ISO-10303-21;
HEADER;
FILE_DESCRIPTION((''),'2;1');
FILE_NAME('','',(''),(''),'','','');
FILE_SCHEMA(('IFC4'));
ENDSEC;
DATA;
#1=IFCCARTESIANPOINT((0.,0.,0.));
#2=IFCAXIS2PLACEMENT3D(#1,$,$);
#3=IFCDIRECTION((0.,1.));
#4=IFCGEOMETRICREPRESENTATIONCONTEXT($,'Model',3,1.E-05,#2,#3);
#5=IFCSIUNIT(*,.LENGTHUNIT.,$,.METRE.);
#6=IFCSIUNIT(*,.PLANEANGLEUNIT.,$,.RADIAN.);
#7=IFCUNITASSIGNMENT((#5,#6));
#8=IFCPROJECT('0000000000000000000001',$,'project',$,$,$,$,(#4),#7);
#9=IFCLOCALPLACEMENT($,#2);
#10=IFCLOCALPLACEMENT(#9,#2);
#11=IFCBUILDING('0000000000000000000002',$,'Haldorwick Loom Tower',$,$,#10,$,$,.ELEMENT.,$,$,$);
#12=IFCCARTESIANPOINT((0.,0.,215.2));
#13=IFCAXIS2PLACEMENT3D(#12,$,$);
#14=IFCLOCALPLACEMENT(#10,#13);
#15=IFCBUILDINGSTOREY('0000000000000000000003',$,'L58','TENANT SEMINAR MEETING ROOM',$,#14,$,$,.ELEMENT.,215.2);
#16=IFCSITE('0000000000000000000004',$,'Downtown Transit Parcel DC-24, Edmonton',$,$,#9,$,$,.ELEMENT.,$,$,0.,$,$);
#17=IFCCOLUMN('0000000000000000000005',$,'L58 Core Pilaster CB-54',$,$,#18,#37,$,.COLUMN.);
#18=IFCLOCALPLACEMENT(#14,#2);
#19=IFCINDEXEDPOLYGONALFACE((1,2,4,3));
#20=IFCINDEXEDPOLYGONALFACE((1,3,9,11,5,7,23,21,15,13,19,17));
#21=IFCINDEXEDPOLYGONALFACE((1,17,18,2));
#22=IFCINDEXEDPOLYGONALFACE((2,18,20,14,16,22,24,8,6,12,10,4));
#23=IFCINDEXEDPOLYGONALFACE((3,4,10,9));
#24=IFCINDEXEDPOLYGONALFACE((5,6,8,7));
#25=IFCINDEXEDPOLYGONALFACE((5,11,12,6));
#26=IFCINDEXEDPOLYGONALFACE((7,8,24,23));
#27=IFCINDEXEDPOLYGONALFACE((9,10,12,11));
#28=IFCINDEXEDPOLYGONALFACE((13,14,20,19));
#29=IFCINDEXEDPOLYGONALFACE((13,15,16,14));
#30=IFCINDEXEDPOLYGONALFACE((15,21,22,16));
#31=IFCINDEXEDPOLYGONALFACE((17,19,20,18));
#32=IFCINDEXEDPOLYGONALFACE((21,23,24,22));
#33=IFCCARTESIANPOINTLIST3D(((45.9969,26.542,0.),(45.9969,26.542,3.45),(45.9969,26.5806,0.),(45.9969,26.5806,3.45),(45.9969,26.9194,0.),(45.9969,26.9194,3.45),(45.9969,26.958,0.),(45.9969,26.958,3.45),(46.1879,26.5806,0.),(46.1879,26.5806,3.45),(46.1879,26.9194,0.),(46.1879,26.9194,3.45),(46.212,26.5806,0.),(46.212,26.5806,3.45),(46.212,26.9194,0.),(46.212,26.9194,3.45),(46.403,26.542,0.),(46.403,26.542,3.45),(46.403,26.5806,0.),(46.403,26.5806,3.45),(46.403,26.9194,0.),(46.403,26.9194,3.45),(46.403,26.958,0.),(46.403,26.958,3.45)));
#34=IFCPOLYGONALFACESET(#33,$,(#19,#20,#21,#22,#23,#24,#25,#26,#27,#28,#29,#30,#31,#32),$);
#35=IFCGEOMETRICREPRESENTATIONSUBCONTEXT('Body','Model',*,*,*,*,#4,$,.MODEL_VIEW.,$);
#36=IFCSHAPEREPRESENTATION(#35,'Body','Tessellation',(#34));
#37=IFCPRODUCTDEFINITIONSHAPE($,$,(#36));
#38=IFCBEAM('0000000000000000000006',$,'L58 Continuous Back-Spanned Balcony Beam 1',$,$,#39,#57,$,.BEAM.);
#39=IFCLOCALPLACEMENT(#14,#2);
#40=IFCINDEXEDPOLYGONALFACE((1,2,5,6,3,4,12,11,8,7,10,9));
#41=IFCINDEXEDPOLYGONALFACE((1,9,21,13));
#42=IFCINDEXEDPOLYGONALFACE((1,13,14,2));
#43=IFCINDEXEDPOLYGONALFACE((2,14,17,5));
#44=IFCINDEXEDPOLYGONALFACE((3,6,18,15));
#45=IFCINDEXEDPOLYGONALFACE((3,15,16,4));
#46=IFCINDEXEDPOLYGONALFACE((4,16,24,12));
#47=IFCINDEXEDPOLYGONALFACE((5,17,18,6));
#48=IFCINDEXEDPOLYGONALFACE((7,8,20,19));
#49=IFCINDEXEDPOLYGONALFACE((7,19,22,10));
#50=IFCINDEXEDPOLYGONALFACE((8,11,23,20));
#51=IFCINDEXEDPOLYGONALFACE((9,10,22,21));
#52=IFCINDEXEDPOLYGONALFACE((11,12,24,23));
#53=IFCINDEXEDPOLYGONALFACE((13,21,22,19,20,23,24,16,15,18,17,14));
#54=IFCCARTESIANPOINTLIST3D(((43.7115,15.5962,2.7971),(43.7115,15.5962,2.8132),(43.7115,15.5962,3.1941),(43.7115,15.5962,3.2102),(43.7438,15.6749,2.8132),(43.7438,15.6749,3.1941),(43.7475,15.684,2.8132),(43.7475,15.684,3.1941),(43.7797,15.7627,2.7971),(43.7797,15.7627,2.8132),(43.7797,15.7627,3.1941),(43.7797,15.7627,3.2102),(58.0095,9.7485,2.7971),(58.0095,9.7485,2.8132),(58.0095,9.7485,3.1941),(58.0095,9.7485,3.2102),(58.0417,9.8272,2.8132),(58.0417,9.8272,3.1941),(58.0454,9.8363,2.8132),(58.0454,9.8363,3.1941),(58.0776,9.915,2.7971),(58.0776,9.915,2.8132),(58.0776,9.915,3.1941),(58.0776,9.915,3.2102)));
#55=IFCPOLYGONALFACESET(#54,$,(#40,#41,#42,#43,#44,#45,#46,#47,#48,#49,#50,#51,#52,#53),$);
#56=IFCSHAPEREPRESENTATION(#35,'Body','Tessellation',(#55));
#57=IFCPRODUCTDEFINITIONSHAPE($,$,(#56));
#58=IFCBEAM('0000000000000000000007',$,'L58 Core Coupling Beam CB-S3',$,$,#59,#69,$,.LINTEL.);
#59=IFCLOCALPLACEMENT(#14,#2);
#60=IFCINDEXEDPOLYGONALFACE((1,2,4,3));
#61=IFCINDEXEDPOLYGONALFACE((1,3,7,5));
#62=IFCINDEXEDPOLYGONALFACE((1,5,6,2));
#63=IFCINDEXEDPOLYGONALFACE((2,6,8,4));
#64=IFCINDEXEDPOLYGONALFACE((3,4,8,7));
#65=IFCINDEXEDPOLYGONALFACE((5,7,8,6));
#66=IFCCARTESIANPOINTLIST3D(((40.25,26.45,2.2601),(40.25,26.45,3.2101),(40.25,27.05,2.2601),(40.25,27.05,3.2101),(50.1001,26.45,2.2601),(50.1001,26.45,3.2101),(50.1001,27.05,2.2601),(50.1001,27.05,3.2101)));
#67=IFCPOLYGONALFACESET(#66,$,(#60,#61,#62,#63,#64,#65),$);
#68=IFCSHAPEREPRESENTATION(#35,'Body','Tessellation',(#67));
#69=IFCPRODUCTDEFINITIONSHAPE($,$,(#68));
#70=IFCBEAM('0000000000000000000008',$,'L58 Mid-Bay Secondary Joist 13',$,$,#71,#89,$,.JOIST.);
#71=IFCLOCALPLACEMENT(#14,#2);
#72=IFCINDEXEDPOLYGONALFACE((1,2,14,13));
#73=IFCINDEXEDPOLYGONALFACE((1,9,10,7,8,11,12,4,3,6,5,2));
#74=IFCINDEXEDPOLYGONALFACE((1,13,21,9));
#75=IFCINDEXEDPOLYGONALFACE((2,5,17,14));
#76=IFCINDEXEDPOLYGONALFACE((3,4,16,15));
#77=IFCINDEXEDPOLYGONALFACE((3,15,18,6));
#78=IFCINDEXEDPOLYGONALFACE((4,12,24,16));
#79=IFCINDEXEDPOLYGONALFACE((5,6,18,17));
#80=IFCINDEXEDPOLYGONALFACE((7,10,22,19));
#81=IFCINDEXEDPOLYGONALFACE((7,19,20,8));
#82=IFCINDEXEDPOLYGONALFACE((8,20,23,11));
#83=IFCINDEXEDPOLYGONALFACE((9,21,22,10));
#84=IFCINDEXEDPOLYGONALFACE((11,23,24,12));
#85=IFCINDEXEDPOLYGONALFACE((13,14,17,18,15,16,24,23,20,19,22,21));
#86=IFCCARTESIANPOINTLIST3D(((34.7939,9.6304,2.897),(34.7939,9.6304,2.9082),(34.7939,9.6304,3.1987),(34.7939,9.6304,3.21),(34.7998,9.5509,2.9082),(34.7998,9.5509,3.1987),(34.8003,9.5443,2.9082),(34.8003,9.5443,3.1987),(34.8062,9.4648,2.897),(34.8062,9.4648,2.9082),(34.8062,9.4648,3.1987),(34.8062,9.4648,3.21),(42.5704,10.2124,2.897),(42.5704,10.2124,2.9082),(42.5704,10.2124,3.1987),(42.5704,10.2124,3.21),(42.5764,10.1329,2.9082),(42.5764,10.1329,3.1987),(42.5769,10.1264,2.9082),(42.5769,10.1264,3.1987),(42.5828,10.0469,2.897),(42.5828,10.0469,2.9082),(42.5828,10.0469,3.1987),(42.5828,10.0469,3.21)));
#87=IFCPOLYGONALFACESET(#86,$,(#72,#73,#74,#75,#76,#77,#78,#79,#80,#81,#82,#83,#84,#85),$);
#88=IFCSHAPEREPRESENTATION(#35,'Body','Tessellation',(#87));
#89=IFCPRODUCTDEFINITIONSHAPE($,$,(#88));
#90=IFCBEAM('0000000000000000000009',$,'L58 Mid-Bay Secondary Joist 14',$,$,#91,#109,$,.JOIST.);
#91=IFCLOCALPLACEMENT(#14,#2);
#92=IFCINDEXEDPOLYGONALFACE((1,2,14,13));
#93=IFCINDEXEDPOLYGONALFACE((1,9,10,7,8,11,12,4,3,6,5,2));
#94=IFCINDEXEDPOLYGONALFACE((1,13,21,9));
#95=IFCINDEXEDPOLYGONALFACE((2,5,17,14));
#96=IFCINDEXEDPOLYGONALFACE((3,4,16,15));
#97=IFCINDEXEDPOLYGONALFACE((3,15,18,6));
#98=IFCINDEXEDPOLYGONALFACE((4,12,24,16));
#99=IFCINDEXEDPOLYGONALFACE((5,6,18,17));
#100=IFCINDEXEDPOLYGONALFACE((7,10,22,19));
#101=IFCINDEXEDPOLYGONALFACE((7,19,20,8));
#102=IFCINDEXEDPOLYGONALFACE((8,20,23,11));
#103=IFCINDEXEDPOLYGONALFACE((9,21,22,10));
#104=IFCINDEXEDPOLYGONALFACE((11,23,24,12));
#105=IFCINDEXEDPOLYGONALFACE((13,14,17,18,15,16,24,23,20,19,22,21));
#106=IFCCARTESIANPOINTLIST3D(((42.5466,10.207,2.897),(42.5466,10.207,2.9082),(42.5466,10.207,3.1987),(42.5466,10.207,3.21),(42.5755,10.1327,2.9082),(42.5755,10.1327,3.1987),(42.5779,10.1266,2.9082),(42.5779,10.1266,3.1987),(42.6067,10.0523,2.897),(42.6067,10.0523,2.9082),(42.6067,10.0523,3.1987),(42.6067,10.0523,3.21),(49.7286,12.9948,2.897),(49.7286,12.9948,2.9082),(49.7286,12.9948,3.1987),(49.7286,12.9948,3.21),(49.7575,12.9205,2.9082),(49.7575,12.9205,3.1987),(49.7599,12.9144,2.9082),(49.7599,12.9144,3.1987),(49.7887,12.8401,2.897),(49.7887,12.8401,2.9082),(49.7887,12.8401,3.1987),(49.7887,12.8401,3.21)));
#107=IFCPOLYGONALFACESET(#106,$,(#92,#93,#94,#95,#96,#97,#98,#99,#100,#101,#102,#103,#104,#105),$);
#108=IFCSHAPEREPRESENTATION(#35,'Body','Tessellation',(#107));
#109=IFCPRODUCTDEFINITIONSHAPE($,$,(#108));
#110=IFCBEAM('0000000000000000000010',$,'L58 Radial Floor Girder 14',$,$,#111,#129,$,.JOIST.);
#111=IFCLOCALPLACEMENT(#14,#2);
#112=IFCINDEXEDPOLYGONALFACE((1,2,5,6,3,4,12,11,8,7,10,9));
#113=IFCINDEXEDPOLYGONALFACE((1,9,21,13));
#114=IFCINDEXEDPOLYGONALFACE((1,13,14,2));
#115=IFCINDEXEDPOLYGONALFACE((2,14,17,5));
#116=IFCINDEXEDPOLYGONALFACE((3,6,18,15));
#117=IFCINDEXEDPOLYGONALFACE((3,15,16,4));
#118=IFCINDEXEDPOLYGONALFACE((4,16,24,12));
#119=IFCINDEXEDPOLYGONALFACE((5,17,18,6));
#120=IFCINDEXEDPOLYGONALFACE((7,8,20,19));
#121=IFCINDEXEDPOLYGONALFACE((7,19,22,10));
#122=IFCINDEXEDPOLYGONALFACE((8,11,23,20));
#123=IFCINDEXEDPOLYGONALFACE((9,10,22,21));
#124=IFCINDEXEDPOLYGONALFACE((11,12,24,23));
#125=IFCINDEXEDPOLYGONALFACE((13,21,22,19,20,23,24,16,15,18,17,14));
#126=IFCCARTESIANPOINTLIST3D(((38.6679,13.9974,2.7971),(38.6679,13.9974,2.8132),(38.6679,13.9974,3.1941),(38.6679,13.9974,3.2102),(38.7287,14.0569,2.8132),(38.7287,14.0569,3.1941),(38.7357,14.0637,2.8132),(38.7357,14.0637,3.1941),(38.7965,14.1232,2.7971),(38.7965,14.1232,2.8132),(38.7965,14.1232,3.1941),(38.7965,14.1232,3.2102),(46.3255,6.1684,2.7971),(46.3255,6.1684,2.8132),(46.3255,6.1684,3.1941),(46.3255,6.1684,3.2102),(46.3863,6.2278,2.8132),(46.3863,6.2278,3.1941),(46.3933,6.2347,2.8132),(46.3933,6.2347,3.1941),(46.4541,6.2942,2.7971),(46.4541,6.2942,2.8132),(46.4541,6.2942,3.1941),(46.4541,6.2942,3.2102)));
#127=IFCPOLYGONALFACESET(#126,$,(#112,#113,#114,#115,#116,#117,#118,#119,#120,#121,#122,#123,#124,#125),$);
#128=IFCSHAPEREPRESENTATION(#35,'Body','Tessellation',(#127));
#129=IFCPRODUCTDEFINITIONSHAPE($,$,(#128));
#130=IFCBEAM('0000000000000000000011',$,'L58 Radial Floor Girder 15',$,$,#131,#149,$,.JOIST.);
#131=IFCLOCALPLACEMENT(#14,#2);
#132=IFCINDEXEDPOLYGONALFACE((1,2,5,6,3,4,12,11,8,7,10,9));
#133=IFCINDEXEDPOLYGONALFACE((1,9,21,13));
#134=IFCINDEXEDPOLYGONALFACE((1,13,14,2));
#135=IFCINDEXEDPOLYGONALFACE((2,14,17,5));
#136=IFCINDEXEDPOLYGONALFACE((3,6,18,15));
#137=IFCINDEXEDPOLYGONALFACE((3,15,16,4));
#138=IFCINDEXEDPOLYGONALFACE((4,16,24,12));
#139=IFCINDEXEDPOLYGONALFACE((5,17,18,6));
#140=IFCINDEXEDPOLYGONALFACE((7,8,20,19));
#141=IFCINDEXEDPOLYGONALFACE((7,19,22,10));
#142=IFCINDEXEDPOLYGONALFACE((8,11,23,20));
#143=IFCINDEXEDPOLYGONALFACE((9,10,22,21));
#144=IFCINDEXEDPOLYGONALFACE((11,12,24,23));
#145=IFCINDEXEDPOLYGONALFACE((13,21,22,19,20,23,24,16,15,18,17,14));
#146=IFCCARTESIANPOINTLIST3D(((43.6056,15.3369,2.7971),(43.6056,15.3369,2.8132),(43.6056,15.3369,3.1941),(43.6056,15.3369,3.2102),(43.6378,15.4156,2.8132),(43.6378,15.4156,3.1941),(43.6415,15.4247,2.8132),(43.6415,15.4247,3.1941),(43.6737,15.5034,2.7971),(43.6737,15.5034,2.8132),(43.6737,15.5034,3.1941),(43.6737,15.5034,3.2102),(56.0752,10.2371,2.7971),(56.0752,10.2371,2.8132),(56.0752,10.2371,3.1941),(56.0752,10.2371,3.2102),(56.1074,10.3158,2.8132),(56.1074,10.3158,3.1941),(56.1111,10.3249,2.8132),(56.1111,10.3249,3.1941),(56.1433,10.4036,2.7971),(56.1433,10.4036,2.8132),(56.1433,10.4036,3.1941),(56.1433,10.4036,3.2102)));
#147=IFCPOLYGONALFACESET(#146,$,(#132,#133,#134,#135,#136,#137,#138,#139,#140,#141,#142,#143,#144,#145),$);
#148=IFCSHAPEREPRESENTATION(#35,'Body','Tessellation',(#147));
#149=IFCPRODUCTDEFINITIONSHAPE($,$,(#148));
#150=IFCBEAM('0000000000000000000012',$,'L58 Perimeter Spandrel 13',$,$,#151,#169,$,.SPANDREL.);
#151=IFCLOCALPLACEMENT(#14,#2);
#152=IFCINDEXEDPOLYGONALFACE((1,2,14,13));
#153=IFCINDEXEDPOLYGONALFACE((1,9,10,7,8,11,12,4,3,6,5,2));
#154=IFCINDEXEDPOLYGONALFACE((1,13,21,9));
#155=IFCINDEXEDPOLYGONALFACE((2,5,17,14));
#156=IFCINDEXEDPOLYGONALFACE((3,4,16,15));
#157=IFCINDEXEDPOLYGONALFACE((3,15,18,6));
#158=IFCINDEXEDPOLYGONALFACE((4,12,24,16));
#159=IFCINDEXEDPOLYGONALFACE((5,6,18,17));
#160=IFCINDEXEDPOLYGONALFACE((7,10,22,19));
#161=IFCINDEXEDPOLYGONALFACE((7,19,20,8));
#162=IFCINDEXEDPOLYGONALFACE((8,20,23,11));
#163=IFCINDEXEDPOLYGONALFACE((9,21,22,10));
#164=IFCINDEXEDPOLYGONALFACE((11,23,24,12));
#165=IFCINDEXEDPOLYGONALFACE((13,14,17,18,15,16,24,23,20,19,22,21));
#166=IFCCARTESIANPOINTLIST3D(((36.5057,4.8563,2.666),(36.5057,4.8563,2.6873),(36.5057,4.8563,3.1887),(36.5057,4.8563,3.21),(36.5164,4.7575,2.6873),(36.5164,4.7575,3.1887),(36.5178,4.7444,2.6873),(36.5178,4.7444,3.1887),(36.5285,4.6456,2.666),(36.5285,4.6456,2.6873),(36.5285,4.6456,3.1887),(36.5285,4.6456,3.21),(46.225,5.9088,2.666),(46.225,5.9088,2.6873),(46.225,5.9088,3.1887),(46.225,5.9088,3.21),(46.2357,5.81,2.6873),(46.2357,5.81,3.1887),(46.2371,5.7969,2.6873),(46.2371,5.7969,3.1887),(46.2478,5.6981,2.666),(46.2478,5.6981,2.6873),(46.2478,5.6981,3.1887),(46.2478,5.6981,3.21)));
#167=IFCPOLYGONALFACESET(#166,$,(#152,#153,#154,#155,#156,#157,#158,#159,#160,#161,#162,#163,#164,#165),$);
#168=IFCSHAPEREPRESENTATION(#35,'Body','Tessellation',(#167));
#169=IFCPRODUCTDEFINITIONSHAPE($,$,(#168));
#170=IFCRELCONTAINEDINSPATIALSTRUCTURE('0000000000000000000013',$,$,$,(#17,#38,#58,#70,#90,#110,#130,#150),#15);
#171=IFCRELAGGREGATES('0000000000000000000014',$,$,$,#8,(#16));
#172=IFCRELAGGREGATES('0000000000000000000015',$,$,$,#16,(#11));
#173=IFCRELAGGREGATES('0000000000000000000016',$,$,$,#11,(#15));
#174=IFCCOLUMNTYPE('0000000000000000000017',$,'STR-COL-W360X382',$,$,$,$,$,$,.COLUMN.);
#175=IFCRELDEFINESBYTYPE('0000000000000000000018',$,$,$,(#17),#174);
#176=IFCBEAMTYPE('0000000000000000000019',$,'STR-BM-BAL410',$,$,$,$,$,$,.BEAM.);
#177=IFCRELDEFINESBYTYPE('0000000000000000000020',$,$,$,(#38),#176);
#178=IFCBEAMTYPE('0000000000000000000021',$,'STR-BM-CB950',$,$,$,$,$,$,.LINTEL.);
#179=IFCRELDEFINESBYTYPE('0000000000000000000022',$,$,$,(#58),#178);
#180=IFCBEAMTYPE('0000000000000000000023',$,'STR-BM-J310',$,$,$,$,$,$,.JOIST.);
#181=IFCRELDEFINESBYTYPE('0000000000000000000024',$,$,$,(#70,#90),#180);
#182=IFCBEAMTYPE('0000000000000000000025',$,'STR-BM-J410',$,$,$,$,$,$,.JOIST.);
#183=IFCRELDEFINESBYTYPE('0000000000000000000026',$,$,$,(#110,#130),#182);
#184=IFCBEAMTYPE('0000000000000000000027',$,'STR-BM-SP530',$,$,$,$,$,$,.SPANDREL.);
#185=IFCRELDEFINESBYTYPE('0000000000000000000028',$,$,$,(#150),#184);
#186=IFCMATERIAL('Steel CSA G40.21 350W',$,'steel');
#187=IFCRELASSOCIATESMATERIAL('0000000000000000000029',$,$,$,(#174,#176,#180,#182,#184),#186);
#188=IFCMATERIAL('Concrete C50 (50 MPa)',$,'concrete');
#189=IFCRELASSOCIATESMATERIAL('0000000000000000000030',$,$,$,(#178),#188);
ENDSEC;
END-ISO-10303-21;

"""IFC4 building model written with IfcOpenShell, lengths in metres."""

from ifc_helpers import new_model, si_unit, direction, frame, origin, origin_2d, place, context, subcontext, project, spatial, rectangle, i_section, extrude, material, material_profile, profile_set, type_object, element, save


model = new_model("IFC4")

# Units and contexts
model_context = context("Model", 3, precision=1e-05, world=origin(), true_north=direction((0.0, 1.0)))
body_context = subcontext(model_context, "Body", "Model", "MODEL_VIEW")
ifc_project = project(units=[si_unit("LENGTHUNIT", "METRE"), si_unit("PLANEANGLEUNIT", "RADIAN")], contexts=[model_context])

# Site, building, storey
site_placement = place(None, origin())
site = spatial("IfcSite", under=ifc_project, at=site_placement, Name="Downtown Transit Parcel DC-24, Edmonton", CompositionType="ELEMENT", RefElevation=0.0)
building_placement = place(site_placement, origin())
building = spatial("IfcBuilding", under=site, at=building_placement, Name="Haldorwick Loom Tower", CompositionType="ELEMENT")
storey_placement = place(building_placement, frame((0.0, 0.0, 215.2)))
storey = spatial("IfcBuildingStorey", under=building, at=storey_placement, Name="L58", Description="TENANT SEMINAR MEETING ROOM", CompositionType="ELEMENT", Elevation=215.2)

# Column
ifc_material_1 = material(Name="Steel CSA G40.21 350W", Category="steel")
ifc_material_profile_1 = material_profile(ifc_material_1, i_section(OverallWidth=0.406, OverallDepth=0.416, WebThickness=0.0242, FlangeThickness=0.0386, at=origin_2d()), Name="W360X382", Category="steel")
ifc_profile_set_1 = profile_set([ifc_material_profile_1], Name="Steel CSA G40.21 350W")
column_type_1 = type_object("IfcColumnType", Name="STR-COL-W360X382", PredefinedType="COLUMN", material=ifc_profile_set_1)
for number, where, z_axis, x_axis, name in (
    (1, (46.2, 26.75, 0.0), (0.0, 0.0, 1.0), (1.0, 0.0, 0.0), "L58 Core Pilaster CB-54"),
):
    element("IfcColumn", number, at=place(storey_placement, frame(where, z_axis=z_axis, x_axis=x_axis)), inside=storey, type_object=column_type_1, Name=name, PredefinedType="COLUMN", context=body_context, shape_type="SweptSolid", body=[
        extrude(i_section(OverallWidth=0.406, OverallDepth=0.416, WebThickness=0.0242, FlangeThickness=0.0386, at=origin_2d()), origin(), (0.0, 0.0, 1.0), 3.45),
    ])

# Beams
ifc_material_profile_2 = material_profile(ifc_material_1, i_section(OverallWidth=0.1799, OverallDepth=0.4131, WebThickness=0.0098, FlangeThickness=0.0161, at=origin_2d()), Name="W410X74", Category="steel")
ifc_profile_set_2 = profile_set([ifc_material_profile_2], Name="Steel CSA G40.21 350W")
beam_type_1 = type_object("IfcBeamType", Name="STR-BM-BAL410", PredefinedType="BEAM", material=ifc_profile_set_2)
beam_1_placement = place(storey_placement, frame((43.7456, 15.6794, 3.0037), z_axis=(0.92558, -0.378552, 0.0), x_axis=(0.378552, 0.92558, 0.0)))
element("IfcBeam", 2, at=beam_1_placement, inside=storey, type_object=beam_type_1, Name="L58 Continuous Back-Spanned Balcony Beam 1", PredefinedType="BEAM", context=body_context, shape_type="SweptSolid", body=[
    extrude(i_section(OverallWidth=0.1799, OverallDepth=0.4131, WebThickness=0.0098, FlangeThickness=0.0161, at=origin_2d()), origin(), (0.0, 0.0, 1.0), 15.4475),
])
ifc_material_2 = material(Name="Concrete C50 (50 MPa)", Category="concrete")
ifc_material_profile_3 = material_profile(ifc_material_2, rectangle(XDim=0.6001, YDim=0.95, at=origin_2d()), Name="RC600X950", Category="concrete")
ifc_profile_set_3 = profile_set([ifc_material_profile_3], Name="Concrete C50 (50 MPa)")
beam_type_2 = type_object("IfcBeamType", Name="STR-BM-CB950", PredefinedType="LINTEL", material=ifc_profile_set_3)
beam_2_placement = place(storey_placement, frame((40.25, 26.75, 2.7351), z_axis=(1.0, 0.0, 0.0), x_axis=(0.0, 1.0, 0.0)))
element("IfcBeam", 3, at=beam_2_placement, inside=storey, type_object=beam_type_2, Name="L58 Core Coupling Beam CB-S3", PredefinedType="LINTEL", context=body_context, shape_type="SweptSolid", body=[
    extrude(rectangle(XDim=0.6001, YDim=0.95, at=origin_2d()), origin(), (0.0, 0.0, 1.0), 9.8501),
])
ifc_material_profile_4 = material_profile(ifc_material_1, i_section(OverallWidth=0.166, OverallDepth=0.313, WebThickness=0.0066, FlangeThickness=0.0112, at=origin_2d()), Name="W310X45", Category="steel")
ifc_profile_set_4 = profile_set([ifc_material_profile_4], Name="Steel CSA G40.21 350W")
beam_type_3 = type_object("IfcBeamType", Name="STR-BM-J310", PredefinedType="JOIST", material=ifc_profile_set_4)
beam_3_placement = place(storey_placement, frame((34.8, 9.5476, 3.0535), z_axis=(0.997211, 0.074635, 0.0), x_axis=(-0.074635, 0.997211, 0.0)))
element("IfcBeam", 4, at=beam_3_placement, inside=storey, type_object=beam_type_3, Name="L58 Mid-Bay Secondary Joist 13", PredefinedType="JOIST", context=body_context, shape_type="SweptSolid", body=[
    extrude(i_section(OverallWidth=0.166, OverallDepth=0.313, WebThickness=0.0066, FlangeThickness=0.0112, at=origin_2d()), origin(), (0.0, 0.0, 1.0), 7.7983),
])
beam_4_placement = place(storey_placement, frame((42.5767, 10.1296, 3.0535), z_axis=(0.932233, 0.361859, 0.0), x_axis=(-0.361859, 0.932233, 0.0)))
element("IfcBeam", 5, at=beam_4_placement, inside=storey, type_object=beam_type_3, Name="L58 Mid-Bay Secondary Joist 14", PredefinedType="JOIST", context=body_context, shape_type="SweptSolid", body=[
    extrude(i_section(OverallWidth=0.166, OverallDepth=0.313, WebThickness=0.0066, FlangeThickness=0.0112, at=origin_2d()), origin(), (0.0, 0.0, 1.0), 7.7041),
])
ifc_material_profile_5 = material_profile(ifc_material_1, i_section(OverallWidth=0.1799, OverallDepth=0.4131, WebThickness=0.0098, FlangeThickness=0.0161, at=origin_2d()), Name="W410X74", Category="steel")
ifc_profile_set_5 = profile_set([ifc_material_profile_5], Name="Steel CSA G40.21 350W")
beam_type_4 = type_object("IfcBeamType", Name="STR-BM-J410", PredefinedType="JOIST", material=ifc_profile_set_5)
beam_5_placement = place(storey_placement, frame((38.7322, 14.0603, 3.0037), z_axis=(0.699239, -0.714888, 0.0), x_axis=(0.714888, 0.699239, 0.0)))
element("IfcBeam", 6, at=beam_5_placement, inside=storey, type_object=beam_type_4, Name="L58 Radial Floor Girder 14", PredefinedType="JOIST", context=body_context, shape_type="SweptSolid", body=[
    extrude(i_section(OverallWidth=0.1799, OverallDepth=0.4131, WebThickness=0.0098, FlangeThickness=0.0161, at=origin_2d()), origin(), (0.0, 0.0, 1.0), 10.9514),
])
beam_6_placement = place(storey_placement, frame((43.6396, 15.4202, 3.0037), z_axis=(0.925583, -0.378544, 0.0), x_axis=(0.378544, 0.925583, 0.0)))
element("IfcBeam", 7, at=beam_6_placement, inside=storey, type_object=beam_type_4, Name="L58 Radial Floor Girder 15", PredefinedType="JOIST", context=body_context, shape_type="SweptSolid", body=[
    extrude(i_section(OverallWidth=0.1799, OverallDepth=0.4131, WebThickness=0.0098, FlangeThickness=0.0161, at=origin_2d()), origin(), (0.0, 0.0, 1.0), 13.4722),
])
ifc_material_profile_6 = material_profile(ifc_material_1, i_section(OverallWidth=0.2119, OverallDepth=0.5439, WebThickness=0.0132, FlangeThickness=0.0212, at=origin_2d()), Name="W530X123", Category="steel")
ifc_profile_set_6 = profile_set([ifc_material_profile_6], Name="Steel CSA G40.21 350W")
beam_type_5 = type_object("IfcBeamType", Name="STR-BM-SP530", PredefinedType="SPANDREL", material=ifc_profile_set_6)
beam_7_placement = place(storey_placement, frame((36.5171, 4.751, 2.938), z_axis=(0.994188, 0.10766, 0.0), x_axis=(-0.10766, 0.994188, 0.0)))
element("IfcBeam", 8, at=beam_7_placement, inside=storey, type_object=beam_type_5, Name="L58 Perimeter Spandrel 13", PredefinedType="SPANDREL", context=body_context, shape_type="SweptSolid", body=[
    extrude(i_section(OverallWidth=0.2119, OverallDepth=0.5439, WebThickness=0.0132, FlangeThickness=0.0212, at=origin_2d()), origin(), (0.0, 0.0, 1.0), 9.7761),
])

save(model, "model.ifc")
